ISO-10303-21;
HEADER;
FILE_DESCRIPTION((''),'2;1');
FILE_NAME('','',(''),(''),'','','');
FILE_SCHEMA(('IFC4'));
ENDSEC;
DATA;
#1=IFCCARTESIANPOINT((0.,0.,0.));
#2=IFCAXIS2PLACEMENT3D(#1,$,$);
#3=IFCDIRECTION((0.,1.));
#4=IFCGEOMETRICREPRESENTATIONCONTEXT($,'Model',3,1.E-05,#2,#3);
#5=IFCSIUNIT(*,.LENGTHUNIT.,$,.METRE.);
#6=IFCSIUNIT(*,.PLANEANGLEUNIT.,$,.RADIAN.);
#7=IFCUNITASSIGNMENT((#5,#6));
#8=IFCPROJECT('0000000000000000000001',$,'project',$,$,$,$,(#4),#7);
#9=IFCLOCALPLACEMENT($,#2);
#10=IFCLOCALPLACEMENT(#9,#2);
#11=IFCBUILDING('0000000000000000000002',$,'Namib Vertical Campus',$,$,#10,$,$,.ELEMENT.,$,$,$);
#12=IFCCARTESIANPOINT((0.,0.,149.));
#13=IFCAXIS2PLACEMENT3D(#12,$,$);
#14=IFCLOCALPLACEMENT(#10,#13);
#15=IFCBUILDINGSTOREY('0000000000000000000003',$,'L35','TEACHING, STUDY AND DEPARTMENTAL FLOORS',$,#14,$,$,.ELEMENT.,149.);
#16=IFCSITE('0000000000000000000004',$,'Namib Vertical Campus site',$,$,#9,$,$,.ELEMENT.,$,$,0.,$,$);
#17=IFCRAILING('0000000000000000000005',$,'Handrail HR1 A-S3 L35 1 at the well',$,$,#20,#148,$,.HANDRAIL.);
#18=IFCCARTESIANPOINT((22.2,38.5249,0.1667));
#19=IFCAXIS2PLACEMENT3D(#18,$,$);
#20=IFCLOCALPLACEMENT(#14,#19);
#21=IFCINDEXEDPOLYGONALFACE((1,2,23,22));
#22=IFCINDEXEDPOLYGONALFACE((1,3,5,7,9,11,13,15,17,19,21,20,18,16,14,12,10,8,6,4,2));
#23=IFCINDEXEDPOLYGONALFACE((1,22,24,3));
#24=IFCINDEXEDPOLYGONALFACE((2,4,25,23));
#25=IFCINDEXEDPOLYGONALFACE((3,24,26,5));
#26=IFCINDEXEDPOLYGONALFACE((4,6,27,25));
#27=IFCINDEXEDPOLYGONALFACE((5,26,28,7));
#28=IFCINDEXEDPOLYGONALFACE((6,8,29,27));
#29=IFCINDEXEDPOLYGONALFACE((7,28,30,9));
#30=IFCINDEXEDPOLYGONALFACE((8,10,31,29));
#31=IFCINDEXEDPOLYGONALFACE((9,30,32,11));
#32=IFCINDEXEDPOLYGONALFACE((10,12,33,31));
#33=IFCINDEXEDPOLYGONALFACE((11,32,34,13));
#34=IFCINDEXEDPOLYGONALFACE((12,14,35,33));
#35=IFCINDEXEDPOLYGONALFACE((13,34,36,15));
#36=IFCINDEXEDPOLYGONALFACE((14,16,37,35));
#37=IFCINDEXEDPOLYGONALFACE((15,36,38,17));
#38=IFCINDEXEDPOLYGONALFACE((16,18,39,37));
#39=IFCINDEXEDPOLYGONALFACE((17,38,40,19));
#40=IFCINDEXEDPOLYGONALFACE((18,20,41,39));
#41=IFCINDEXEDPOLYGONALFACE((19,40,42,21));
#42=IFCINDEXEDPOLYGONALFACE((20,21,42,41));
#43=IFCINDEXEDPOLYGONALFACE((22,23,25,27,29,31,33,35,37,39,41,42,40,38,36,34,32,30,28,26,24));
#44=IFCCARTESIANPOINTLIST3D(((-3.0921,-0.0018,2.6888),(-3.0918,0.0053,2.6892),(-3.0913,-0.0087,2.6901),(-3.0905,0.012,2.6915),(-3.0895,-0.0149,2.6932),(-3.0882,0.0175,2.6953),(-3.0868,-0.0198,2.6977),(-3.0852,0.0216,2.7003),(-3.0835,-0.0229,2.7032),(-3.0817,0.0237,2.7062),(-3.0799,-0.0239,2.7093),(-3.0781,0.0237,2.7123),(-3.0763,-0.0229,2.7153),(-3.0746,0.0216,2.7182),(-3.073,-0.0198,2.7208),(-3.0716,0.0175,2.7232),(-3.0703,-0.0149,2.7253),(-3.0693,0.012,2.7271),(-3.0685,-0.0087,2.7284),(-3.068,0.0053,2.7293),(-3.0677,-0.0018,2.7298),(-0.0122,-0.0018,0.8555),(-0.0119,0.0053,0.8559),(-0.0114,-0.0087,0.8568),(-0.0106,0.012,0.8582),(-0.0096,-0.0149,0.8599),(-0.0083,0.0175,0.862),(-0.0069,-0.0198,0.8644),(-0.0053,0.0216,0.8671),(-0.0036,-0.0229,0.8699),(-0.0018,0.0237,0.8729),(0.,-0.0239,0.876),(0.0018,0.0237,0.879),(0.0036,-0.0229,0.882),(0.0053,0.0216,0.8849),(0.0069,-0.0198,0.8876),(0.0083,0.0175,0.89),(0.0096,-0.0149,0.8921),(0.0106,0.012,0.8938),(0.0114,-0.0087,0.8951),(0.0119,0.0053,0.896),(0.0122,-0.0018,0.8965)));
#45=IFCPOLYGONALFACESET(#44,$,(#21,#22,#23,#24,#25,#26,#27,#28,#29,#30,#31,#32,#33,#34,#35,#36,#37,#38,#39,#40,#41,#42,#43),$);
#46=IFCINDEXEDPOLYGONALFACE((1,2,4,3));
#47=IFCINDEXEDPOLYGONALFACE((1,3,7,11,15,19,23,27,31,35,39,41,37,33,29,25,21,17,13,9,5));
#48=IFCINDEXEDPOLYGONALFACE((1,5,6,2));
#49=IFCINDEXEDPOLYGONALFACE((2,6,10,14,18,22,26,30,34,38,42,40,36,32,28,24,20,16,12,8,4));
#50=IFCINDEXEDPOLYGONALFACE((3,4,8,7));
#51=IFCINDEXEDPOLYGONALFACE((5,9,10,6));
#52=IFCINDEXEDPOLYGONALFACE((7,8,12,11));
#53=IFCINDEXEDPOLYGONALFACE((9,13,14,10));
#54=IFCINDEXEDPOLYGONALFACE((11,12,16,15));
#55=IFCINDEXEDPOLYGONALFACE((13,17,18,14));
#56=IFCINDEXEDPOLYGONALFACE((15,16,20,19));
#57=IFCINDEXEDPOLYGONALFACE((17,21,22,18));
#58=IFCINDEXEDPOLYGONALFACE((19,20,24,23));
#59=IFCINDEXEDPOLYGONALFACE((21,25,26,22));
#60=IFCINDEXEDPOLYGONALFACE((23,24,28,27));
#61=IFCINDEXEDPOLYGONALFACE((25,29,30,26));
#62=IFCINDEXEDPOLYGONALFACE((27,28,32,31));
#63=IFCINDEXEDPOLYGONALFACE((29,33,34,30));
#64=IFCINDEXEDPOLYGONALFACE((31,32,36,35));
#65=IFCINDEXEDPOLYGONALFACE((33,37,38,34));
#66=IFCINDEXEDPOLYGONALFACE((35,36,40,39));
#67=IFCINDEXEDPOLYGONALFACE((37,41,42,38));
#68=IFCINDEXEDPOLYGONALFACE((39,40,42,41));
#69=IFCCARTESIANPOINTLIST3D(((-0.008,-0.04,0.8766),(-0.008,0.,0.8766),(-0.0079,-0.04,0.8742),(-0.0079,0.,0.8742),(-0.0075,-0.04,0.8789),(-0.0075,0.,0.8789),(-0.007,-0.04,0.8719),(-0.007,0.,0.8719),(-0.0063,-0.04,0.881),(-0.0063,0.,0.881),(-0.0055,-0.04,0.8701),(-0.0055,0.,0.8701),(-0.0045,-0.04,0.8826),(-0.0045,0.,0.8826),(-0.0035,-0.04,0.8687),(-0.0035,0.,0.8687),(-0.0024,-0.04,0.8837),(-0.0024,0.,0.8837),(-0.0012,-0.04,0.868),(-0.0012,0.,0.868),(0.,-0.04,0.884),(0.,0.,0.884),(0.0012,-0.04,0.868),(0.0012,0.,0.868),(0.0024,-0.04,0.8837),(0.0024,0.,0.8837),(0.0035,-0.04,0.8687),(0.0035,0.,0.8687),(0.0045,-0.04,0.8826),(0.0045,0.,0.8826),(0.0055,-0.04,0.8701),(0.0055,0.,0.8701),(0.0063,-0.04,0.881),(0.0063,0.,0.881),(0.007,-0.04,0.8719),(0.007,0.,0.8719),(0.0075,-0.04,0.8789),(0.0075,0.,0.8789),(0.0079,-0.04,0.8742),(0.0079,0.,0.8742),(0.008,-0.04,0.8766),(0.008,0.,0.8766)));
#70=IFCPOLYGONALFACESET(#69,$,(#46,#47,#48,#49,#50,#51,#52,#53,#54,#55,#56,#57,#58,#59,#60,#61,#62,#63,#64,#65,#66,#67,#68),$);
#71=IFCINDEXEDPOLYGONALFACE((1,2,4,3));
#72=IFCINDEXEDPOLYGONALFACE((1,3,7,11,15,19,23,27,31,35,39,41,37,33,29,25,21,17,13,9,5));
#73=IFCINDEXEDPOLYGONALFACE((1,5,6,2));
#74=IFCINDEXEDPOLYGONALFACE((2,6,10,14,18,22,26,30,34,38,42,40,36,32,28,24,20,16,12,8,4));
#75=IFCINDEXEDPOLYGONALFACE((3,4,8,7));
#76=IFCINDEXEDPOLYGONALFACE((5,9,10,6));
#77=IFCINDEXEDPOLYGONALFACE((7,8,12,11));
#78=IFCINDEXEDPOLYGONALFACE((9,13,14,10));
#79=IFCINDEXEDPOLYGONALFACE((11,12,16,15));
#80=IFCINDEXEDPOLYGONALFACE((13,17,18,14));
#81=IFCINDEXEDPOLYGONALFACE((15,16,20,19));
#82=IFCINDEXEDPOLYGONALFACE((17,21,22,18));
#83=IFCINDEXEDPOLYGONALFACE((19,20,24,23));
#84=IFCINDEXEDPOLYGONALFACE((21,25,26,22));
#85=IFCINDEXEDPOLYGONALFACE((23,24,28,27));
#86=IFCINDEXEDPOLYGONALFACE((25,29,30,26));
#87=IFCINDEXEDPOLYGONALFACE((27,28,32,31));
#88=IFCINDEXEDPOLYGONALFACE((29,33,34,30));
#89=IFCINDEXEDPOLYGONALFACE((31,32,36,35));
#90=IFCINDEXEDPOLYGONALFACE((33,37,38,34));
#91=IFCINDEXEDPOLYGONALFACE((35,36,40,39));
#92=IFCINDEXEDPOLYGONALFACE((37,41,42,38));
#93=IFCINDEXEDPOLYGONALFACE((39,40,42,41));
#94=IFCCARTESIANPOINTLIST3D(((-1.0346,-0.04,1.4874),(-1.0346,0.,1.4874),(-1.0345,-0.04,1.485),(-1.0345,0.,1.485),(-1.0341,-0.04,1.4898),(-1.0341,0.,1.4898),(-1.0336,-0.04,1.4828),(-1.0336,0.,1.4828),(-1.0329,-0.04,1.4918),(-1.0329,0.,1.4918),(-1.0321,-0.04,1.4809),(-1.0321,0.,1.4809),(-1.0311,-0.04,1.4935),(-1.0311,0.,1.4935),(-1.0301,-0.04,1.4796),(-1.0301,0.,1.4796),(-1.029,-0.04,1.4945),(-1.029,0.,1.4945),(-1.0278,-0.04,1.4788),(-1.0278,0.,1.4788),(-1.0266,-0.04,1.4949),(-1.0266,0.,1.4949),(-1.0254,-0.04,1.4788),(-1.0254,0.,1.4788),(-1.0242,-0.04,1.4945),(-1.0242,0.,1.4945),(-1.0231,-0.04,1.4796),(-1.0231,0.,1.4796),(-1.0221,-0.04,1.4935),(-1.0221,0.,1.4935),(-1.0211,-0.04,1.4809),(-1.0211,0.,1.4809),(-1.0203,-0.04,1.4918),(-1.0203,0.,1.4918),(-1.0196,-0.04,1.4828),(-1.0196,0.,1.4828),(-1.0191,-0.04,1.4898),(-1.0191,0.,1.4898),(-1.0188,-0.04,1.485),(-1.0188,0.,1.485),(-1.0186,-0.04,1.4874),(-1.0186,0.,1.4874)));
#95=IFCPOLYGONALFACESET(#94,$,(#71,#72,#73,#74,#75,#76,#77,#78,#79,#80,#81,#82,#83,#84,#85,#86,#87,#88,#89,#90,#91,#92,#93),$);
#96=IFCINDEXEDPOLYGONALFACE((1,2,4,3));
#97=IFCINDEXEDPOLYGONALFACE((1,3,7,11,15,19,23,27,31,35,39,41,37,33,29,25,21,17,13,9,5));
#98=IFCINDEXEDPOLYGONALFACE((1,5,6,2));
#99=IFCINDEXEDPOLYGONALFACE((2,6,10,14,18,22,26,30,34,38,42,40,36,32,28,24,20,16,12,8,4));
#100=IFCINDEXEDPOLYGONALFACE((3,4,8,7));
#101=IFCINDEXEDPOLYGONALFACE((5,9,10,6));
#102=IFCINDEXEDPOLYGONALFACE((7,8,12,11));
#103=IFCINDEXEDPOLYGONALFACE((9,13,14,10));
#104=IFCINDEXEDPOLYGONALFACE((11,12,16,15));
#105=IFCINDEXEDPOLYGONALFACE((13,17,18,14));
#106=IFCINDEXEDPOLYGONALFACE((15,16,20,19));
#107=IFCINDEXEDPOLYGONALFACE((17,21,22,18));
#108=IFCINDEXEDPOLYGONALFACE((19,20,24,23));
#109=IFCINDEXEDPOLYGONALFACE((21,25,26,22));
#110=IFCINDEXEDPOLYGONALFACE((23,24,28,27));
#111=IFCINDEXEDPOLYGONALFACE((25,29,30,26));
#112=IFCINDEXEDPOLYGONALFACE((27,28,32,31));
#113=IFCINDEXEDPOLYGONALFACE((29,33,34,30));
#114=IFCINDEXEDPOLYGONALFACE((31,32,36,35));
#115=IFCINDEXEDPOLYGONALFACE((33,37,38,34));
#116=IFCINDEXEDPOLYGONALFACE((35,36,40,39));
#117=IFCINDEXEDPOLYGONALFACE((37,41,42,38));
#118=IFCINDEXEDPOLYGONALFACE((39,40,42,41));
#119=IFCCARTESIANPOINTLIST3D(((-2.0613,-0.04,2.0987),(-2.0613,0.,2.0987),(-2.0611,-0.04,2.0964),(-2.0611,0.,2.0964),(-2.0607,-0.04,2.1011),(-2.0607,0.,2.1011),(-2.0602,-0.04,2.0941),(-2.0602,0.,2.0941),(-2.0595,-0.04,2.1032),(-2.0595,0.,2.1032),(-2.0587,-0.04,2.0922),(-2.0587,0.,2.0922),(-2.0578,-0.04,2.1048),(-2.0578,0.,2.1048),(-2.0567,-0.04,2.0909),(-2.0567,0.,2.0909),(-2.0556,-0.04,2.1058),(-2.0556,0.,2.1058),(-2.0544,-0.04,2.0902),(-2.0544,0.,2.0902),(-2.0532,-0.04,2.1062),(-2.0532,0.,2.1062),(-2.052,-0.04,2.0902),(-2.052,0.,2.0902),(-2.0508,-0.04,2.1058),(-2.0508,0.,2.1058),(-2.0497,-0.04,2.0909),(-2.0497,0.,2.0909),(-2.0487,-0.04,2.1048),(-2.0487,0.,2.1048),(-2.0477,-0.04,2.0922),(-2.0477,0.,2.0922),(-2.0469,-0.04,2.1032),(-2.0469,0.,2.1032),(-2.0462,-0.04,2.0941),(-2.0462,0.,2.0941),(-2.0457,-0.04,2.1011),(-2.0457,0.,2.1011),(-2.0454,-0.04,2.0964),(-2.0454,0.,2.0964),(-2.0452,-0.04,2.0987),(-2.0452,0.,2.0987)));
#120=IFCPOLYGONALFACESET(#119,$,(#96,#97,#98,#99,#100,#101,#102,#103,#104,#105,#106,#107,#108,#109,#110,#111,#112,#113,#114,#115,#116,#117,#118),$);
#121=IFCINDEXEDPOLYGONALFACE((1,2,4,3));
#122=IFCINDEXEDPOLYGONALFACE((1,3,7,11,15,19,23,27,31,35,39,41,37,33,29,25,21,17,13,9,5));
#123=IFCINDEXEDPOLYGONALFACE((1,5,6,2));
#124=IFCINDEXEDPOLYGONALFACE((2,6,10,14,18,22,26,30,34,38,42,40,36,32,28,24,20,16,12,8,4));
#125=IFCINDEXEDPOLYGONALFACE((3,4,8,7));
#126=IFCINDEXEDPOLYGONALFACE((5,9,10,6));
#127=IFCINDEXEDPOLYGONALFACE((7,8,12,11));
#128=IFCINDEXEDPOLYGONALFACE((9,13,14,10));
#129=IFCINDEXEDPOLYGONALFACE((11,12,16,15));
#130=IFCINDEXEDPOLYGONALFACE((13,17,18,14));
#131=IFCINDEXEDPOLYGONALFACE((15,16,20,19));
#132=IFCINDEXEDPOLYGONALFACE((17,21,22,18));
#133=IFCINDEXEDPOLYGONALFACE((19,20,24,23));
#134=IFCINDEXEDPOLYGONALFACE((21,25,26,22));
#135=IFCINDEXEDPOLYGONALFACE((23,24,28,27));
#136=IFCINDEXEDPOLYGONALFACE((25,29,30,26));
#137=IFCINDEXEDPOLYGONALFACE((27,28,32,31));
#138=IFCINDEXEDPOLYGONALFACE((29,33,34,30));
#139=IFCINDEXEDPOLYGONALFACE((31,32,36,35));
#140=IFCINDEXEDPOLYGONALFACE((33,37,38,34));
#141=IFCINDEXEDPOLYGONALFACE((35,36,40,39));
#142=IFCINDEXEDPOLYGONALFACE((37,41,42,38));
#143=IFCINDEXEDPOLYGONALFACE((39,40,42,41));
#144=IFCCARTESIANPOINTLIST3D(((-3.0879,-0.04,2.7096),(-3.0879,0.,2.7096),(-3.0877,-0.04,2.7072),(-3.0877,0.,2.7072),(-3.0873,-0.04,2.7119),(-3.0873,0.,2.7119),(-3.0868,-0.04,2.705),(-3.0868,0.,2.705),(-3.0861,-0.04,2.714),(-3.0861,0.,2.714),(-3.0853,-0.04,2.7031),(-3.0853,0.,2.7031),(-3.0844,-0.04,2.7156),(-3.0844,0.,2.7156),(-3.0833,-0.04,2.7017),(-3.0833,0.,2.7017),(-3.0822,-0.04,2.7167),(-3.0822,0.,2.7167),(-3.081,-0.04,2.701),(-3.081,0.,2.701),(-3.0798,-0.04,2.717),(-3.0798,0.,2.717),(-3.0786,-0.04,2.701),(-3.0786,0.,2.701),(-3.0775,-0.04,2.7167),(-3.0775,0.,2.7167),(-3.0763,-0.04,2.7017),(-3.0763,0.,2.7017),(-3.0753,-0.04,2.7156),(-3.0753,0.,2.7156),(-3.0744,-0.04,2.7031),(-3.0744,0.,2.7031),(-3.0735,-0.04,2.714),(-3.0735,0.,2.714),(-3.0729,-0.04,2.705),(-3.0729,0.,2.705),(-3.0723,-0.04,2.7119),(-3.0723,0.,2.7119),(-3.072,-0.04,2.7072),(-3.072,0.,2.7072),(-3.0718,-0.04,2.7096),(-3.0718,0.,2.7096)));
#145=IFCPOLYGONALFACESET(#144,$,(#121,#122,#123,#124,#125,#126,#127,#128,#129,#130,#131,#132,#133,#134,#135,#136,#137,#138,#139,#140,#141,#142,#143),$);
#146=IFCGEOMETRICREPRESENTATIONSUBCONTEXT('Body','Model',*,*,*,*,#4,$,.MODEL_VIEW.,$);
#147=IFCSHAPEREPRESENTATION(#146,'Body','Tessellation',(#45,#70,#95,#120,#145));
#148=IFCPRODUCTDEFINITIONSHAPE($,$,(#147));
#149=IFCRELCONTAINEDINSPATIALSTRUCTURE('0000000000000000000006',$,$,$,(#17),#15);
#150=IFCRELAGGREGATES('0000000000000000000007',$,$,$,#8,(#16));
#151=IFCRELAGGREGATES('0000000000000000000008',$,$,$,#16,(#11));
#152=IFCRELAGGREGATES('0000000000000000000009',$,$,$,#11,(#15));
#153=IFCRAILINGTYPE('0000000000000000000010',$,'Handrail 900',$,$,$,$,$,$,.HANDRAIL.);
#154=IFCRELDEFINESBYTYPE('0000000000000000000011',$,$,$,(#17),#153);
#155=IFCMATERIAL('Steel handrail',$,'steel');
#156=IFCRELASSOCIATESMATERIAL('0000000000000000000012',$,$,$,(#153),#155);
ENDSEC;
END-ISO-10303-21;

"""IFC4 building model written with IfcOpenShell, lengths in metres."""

from ifc_helpers import new_model, si_unit, direction, frame, origin, origin_2d, place, context, subcontext, project, spatial, circle, extrude, material, type_object, element, save


model = new_model("IFC4")

# Units and contexts
model_context = context("Model", 3, precision=1e-05, world=origin(), true_north=direction((0.0, 1.0)))
body_context = subcontext(model_context, "Body", "Model", "MODEL_VIEW")
ifc_project = project(units=[si_unit("LENGTHUNIT", "METRE"), si_unit("PLANEANGLEUNIT", "RADIAN")], contexts=[model_context])

# Site, building, storey
site_placement = place(None, origin())
site = spatial("IfcSite", under=ifc_project, at=site_placement, Name="Namib Vertical Campus site", CompositionType="ELEMENT", RefElevation=0.0)
building_placement = place(site_placement, origin())
building = spatial("IfcBuilding", under=site, at=building_placement, Name="Namib Vertical Campus", CompositionType="ELEMENT")
storey_placement = place(building_placement, frame((0.0, 0.0, 149.0)))
storey = spatial("IfcBuildingStorey", under=building, at=storey_placement, Name="L35", Description="TEACHING, STUDY AND DEPARTMENTAL FLOORS", CompositionType="ELEMENT", Elevation=149.0)

# Railing
ifc_material_1 = material(Name="Steel handrail", Category="steel")
railing_type_1 = type_object("IfcRailingType", Name="Handrail 900", PredefinedType="HANDRAIL", material=ifc_material_1)
railing_1_placement = place(storey_placement, frame((22.2, 38.5249, 0.1667)))
element("IfcRailing", 1, at=railing_1_placement, inside=storey, type_object=railing_type_1, Name="Handrail HR1 A-S3 L35 1 at the well", PredefinedType="HANDRAIL", context=body_context, shape_type="SweptSolid", body=[
    extrude(circle(Radius=0.0239, at=origin_2d()), frame((0.0, 0.0, 0.876), z_axis=(-0.859291, 0.0, 0.511487), x_axis=(0.0, -1.0, 0.0)), (0.0, 0.0, 1.0), 3.5842),
    extrude(circle(Radius=0.0081, at=origin_2d()), frame((0.0, 0.0, 0.876), z_axis=(0.0, -1.0, 0.0), x_axis=(0.0, 0.0, 1.0)), (0.0, 0.0, 1.0), 0.04),
    extrude(circle(Radius=0.0081, at=origin_2d()), frame((-1.0266, 0.0, 1.4868), z_axis=(0.0, -1.0, 0.0), x_axis=(0.0, 0.0, 1.0)), (0.0, 0.0, 1.0), 0.04),
    extrude(circle(Radius=0.0081, at=origin_2d()), frame((-2.0532, 0.0, 2.0981), z_axis=(0.0, -1.0, 0.0), x_axis=(0.0, 0.0, 1.0)), (0.0, 0.0, 1.0), 0.04),
    extrude(circle(Radius=0.0081, at=origin_2d()), frame((-3.0798, 0.0, 2.709), z_axis=(0.0, -1.0, 0.0), x_axis=(0.0, 0.0, 1.0)), (0.0, 0.0, 1.0), 0.04),
])

save(model, "model.ifc")
